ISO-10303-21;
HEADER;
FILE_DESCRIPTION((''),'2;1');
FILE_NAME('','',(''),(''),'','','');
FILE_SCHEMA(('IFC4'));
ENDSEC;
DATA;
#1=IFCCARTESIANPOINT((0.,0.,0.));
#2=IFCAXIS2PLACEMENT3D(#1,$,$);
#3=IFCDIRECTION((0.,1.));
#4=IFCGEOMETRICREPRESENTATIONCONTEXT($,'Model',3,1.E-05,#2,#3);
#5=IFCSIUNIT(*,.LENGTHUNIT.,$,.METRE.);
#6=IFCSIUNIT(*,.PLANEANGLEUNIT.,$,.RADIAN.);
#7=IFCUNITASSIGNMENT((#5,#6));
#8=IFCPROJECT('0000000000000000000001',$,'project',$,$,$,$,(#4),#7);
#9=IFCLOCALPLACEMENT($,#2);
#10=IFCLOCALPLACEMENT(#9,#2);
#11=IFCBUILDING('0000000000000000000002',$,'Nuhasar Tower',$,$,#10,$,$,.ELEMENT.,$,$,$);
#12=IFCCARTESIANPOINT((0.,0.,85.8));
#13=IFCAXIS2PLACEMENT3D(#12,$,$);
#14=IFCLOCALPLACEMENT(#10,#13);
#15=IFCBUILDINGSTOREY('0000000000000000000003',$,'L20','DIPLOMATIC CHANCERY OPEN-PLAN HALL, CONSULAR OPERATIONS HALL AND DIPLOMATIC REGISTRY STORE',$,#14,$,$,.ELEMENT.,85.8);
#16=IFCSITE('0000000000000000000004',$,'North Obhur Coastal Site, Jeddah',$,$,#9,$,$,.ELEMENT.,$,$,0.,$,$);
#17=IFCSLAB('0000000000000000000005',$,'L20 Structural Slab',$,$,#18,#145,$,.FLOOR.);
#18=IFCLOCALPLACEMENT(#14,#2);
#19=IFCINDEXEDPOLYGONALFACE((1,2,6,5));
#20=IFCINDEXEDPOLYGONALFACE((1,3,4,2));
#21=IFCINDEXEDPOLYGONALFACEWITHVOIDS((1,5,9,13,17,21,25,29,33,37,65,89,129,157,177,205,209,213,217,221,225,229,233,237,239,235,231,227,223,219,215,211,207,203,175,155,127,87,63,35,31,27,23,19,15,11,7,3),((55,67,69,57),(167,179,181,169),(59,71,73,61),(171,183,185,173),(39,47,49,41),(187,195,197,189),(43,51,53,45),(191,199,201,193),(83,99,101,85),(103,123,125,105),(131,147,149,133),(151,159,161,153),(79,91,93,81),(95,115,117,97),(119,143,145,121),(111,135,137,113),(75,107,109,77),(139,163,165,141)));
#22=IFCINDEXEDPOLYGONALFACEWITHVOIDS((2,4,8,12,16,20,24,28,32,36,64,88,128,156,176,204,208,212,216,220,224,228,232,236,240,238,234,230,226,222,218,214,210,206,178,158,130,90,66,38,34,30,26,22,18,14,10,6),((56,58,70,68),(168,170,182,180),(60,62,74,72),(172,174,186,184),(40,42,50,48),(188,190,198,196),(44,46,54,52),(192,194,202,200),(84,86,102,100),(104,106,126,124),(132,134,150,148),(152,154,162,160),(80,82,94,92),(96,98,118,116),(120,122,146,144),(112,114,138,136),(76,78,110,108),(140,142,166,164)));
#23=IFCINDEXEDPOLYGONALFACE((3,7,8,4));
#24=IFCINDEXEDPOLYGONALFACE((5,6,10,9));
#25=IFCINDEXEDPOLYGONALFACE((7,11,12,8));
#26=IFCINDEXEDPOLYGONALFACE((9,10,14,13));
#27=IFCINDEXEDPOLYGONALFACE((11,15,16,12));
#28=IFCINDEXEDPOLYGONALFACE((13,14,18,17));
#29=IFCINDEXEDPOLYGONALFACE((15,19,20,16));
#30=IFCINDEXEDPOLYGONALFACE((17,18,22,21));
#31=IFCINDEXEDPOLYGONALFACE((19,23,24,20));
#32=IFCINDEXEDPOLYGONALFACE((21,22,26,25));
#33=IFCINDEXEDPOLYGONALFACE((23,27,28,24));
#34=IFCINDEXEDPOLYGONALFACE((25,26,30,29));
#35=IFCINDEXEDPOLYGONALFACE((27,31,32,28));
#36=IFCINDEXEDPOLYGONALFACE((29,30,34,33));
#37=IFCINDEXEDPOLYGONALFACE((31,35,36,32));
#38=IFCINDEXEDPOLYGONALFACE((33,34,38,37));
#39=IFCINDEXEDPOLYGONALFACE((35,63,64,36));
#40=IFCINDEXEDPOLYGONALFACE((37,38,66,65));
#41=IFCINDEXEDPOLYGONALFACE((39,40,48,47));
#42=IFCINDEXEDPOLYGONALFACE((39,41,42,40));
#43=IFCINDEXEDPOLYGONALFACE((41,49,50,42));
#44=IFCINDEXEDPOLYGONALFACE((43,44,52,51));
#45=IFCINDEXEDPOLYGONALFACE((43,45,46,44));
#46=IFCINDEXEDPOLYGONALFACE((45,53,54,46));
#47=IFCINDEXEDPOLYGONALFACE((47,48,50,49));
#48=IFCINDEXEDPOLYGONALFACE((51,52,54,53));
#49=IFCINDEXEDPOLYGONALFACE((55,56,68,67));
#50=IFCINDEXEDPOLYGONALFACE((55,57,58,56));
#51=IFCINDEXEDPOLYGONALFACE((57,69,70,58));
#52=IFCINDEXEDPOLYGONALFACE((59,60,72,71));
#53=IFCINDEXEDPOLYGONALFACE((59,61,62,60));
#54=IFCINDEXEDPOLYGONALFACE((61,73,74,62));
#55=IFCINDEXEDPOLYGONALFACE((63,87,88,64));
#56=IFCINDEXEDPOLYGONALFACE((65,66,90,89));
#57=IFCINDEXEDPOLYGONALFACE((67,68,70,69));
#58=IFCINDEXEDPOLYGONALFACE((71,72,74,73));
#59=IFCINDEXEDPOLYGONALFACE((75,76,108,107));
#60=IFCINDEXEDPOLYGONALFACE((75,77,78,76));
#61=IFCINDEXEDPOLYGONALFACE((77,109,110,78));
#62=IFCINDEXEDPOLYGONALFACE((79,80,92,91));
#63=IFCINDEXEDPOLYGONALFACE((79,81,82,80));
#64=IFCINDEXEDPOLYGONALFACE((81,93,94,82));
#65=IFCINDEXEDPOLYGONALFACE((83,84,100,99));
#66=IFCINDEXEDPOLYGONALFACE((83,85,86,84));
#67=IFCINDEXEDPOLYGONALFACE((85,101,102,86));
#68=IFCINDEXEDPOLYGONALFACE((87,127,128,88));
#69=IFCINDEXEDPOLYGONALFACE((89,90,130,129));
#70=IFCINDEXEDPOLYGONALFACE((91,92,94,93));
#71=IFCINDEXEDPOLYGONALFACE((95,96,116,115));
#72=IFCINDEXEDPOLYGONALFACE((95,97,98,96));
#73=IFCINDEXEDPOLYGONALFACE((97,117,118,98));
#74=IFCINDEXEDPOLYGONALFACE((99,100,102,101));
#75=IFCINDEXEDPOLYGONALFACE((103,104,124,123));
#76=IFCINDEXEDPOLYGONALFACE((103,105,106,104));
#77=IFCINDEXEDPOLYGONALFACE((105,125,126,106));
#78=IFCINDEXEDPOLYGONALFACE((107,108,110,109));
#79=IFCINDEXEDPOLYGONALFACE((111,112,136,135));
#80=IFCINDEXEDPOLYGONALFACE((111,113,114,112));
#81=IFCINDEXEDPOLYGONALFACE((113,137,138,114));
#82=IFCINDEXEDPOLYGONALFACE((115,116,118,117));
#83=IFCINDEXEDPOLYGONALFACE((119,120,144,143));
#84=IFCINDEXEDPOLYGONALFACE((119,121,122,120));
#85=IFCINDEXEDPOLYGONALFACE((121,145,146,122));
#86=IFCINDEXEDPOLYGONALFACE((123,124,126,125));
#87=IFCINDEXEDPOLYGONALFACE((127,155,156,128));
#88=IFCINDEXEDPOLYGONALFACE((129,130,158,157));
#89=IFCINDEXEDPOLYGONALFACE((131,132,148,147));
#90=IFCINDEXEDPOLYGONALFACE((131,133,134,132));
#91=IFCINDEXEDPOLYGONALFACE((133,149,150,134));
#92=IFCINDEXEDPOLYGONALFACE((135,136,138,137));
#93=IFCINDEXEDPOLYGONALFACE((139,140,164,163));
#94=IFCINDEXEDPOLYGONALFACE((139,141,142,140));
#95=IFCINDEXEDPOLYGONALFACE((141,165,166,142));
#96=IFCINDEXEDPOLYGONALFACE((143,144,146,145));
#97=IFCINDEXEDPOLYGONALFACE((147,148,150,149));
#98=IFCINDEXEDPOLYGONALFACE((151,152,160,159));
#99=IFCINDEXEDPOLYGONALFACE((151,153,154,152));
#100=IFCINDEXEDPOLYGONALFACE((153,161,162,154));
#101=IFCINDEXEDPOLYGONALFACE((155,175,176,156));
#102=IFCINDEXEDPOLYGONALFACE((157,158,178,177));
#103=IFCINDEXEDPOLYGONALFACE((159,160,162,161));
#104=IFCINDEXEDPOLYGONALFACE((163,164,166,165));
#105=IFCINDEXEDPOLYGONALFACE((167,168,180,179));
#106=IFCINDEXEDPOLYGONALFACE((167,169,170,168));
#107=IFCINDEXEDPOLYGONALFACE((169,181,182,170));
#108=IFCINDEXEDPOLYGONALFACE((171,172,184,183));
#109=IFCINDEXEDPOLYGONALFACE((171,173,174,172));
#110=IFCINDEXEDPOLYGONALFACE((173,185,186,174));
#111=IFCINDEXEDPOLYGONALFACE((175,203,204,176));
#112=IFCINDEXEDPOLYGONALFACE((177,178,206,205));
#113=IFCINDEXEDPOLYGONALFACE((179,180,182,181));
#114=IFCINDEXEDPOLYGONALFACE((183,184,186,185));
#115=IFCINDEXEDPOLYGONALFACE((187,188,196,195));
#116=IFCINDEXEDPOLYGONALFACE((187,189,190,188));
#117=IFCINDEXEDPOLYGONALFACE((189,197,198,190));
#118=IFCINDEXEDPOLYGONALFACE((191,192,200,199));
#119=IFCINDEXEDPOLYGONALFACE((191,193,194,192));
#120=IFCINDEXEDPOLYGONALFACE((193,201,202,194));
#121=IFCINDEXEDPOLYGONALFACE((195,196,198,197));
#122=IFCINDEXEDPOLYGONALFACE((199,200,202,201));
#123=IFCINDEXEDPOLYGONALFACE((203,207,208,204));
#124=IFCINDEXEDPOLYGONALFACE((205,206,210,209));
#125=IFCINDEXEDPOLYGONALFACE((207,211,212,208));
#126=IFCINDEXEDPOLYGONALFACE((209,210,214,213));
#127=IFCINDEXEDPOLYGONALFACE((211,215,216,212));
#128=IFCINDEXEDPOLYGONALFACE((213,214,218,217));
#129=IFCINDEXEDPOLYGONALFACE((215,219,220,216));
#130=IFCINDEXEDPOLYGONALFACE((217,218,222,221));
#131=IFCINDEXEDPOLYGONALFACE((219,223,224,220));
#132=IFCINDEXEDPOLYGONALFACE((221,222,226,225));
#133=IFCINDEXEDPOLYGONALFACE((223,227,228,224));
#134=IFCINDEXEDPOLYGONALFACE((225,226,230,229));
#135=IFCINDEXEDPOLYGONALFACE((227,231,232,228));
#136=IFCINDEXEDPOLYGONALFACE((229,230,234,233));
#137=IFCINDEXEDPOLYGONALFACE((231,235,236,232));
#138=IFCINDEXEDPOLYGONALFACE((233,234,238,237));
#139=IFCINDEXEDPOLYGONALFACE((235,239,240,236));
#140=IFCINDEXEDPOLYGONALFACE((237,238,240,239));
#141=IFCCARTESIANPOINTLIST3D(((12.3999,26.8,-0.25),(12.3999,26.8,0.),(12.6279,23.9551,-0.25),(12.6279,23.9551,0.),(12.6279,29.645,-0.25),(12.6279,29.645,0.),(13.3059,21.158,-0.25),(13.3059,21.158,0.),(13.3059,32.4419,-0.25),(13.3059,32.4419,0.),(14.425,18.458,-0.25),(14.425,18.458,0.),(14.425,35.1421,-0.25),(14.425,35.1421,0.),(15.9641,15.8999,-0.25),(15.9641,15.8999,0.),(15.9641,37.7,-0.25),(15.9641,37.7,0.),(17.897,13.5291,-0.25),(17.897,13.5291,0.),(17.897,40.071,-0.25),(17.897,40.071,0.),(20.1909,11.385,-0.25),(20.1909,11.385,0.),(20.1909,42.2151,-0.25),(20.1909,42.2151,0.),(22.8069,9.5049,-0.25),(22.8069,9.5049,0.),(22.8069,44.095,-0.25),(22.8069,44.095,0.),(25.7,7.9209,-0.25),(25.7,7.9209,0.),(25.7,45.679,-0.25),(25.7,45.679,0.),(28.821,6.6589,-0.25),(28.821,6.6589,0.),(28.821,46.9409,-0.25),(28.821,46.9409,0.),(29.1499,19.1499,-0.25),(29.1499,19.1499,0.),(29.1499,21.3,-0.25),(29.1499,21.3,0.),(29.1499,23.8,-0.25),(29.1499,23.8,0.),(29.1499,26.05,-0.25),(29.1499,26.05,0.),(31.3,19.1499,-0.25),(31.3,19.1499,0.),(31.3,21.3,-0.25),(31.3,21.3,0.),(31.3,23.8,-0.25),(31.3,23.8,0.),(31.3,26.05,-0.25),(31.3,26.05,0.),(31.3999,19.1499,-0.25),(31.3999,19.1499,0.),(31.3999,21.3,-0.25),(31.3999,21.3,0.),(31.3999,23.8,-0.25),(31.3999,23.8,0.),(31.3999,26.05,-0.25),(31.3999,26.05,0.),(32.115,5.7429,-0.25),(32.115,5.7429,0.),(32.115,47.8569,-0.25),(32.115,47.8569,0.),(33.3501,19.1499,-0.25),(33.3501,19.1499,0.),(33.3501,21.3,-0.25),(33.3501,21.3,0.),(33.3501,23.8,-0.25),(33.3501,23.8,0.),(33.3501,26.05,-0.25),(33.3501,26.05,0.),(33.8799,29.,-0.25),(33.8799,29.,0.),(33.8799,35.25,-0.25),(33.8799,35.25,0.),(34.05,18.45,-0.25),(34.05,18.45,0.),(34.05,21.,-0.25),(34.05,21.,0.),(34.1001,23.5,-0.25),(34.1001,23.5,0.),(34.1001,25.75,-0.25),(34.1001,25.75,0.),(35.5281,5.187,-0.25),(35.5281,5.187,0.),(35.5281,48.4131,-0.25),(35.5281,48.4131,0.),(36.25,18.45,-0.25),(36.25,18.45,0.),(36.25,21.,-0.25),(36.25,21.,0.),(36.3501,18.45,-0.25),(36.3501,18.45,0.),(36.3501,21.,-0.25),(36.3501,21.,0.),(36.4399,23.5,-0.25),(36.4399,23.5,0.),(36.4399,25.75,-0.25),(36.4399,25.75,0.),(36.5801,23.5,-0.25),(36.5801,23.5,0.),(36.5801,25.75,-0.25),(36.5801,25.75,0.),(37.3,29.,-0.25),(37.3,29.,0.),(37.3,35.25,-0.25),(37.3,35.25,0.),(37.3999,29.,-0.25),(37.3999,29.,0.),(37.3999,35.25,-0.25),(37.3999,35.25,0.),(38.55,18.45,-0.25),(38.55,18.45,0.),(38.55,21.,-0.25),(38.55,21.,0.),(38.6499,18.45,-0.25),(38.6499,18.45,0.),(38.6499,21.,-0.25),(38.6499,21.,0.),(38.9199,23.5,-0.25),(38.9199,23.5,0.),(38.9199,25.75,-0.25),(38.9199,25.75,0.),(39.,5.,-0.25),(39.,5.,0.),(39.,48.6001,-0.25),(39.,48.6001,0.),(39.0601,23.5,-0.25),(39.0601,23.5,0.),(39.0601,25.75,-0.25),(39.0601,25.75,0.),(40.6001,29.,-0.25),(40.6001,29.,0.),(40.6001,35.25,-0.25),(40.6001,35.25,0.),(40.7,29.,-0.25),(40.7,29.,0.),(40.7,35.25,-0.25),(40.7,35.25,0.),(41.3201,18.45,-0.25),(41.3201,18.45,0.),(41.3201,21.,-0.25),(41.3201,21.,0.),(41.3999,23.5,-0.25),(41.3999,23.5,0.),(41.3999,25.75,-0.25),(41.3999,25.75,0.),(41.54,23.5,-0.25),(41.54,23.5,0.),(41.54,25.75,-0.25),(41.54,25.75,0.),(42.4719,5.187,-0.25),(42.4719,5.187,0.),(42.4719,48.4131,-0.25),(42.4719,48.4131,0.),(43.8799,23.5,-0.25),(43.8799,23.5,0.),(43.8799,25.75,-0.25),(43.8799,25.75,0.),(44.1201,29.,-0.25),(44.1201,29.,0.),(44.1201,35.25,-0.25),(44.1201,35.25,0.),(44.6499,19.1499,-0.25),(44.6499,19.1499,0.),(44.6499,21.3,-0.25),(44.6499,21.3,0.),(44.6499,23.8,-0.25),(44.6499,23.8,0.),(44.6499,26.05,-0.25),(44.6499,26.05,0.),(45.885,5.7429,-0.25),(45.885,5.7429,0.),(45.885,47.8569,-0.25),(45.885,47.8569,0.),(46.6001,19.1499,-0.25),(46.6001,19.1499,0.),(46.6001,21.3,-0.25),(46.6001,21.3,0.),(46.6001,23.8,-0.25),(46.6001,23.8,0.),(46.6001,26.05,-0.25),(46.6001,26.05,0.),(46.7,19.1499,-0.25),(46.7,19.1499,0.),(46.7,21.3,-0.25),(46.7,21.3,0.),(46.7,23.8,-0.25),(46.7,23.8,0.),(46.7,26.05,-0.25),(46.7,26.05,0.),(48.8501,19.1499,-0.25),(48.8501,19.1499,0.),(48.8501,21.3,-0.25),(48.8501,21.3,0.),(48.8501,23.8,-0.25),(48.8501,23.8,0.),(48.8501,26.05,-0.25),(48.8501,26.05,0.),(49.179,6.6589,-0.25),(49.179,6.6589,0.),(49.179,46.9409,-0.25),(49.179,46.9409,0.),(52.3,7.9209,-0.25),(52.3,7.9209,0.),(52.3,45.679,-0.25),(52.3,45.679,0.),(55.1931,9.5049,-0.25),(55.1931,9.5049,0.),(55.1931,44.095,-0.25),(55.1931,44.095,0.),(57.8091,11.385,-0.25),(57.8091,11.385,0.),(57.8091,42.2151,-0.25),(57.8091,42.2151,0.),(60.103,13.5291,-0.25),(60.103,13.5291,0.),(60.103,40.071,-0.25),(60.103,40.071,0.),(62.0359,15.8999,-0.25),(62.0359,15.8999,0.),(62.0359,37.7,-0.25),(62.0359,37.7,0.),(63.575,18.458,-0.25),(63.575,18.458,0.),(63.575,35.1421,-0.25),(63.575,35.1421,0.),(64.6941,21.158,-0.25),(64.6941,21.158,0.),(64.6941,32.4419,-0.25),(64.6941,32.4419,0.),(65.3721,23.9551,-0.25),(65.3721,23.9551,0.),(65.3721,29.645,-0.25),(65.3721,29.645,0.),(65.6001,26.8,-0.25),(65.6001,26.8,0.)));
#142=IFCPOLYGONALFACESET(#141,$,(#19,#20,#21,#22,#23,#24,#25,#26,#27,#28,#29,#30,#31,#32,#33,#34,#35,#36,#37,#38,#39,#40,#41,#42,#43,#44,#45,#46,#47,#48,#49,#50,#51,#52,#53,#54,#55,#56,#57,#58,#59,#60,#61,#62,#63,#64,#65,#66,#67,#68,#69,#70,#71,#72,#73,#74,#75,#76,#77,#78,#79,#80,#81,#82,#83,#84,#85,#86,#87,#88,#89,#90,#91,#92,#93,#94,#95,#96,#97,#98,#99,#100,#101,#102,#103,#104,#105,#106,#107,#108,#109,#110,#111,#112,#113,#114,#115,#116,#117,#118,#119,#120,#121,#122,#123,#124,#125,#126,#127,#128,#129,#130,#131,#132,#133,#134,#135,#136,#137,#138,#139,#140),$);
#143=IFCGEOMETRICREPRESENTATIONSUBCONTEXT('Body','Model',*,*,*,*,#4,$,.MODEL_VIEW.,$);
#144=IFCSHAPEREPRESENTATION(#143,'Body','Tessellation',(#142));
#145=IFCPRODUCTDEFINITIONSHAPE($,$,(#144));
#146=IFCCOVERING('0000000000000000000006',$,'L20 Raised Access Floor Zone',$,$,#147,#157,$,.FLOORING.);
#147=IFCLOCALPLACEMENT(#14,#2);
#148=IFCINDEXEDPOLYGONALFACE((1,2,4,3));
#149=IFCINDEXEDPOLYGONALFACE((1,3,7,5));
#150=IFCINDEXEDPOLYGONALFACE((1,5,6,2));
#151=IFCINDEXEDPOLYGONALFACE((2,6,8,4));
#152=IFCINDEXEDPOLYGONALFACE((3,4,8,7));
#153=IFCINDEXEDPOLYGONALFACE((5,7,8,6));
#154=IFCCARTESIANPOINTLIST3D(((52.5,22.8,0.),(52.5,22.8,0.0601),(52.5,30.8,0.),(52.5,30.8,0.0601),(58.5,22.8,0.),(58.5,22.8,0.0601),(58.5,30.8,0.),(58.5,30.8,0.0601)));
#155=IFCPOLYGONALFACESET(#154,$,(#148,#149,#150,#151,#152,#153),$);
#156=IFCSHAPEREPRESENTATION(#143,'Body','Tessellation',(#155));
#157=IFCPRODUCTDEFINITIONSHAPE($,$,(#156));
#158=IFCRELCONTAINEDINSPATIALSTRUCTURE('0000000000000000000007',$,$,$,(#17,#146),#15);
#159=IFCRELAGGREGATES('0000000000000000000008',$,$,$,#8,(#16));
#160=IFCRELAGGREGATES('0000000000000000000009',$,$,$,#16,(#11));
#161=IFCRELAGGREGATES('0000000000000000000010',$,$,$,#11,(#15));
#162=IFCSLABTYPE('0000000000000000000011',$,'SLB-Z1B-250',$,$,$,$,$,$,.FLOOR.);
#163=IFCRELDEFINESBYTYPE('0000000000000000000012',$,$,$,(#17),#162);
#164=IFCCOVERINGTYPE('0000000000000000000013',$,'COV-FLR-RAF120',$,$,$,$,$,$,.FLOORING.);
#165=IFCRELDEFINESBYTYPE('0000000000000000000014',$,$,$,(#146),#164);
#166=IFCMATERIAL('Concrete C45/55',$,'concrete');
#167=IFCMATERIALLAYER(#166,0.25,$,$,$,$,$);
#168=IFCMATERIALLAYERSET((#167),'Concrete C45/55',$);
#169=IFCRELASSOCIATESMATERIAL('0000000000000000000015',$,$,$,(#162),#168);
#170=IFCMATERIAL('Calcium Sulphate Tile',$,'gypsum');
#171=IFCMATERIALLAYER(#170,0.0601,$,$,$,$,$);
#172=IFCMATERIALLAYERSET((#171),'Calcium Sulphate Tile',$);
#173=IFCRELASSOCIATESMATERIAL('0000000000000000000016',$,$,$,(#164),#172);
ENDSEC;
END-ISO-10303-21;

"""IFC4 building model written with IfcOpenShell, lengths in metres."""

from ifc_helpers import new_model, si_unit, direction, frame, origin, place, context, subcontext, project, spatial, polyline, outline, extrude, material, layer, layer_set, type_object, element, save


model = new_model("IFC4")

# Units and contexts
model_context = context("Model", 3, precision=1e-05, world=origin(), true_north=direction((0.0, 1.0)))
body_context = subcontext(model_context, "Body", "Model", "MODEL_VIEW")
ifc_project = project(units=[si_unit("LENGTHUNIT", "METRE"), si_unit("PLANEANGLEUNIT", "RADIAN")], contexts=[model_context])

# Site, building, storey
site_placement = place(None, origin())
site = spatial("IfcSite", under=ifc_project, at=site_placement, Name="North Obhur Coastal Site, Jeddah", CompositionType="ELEMENT", RefElevation=0.0)
building_placement = place(site_placement, origin())
building = spatial("IfcBuilding", under=site, at=building_placement, Name="Nuhasar Tower", CompositionType="ELEMENT")
storey_placement = place(building_placement, frame((0.0, 0.0, 85.8)))
storey = spatial("IfcBuildingStorey", under=building, at=storey_placement, Name="L20", Description="DIPLOMATIC CHANCERY OPEN-PLAN HALL, CONSULAR OPERATIONS HALL AND DIPLOMATIC REGISTRY STORE", CompositionType="ELEMENT", Elevation=85.8)

# Shared definitions
ifc_material_1 = material(Name="Concrete C45/55", Category="concrete")

# Slab
ifc_layer_1 = layer(ifc_material_1, 0.25)
ifc_layer_set_1 = layer_set([ifc_layer_1], Name="Concrete C45/55")
slab_type_1 = type_object("IfcSlabType", Name="SLB-Z1B-250", PredefinedType="FLOOR", material=ifc_layer_set_1)
slab_1_placement = place(storey_placement, frame((0.0, 0.0, -0.25)))
element("IfcSlab", 1, at=slab_1_placement, inside=storey, type_object=slab_type_1, Name="L20 Structural Slab", PredefinedType="FLOOR", context=body_context, shape_type="SweptSolid", body=[
    extrude(outline(polyline([(65.6001, 26.8), (65.3721, 29.645), (64.6941, 32.4419), (63.575, 35.1421), (62.0359, 37.7), (60.103, 40.071), (57.8091, 42.2151), (55.1931, 44.095), (52.3, 45.679), (49.179, 46.9409), (45.885, 47.8569), (42.4719, 48.4131), (39.0, 48.6001), (35.5281, 48.4131), (32.115, 47.8569), (28.821, 46.9409), (25.7, 45.679), (22.8069, 44.095), (20.1909, 42.2151), (17.897, 40.071), (15.9641, 37.7), (14.425, 35.1421), (13.3059, 32.4419), (12.6279, 29.645), (12.3999, 26.8), (12.6279, 23.9551), (13.3059, 21.158), (14.425, 18.458), (15.9641, 15.8999), (17.897, 13.5291), (20.1909, 11.385), (22.8069, 9.5049), (25.7, 7.9209), (28.821, 6.6589), (32.115, 5.7429), (35.5281, 5.187), (39.0, 5.0), (42.4719, 5.187), (45.885, 5.7429), (49.179, 6.6589), (52.3, 7.9209), (55.1931, 9.5049), (57.8091, 11.385), (60.103, 13.5291), (62.0359, 15.8999), (63.575, 18.458), (64.6941, 21.158), (65.3721, 23.9551), (65.6001, 26.8)]), holes=[polyline([(33.8799, 35.25), (37.3, 35.25), (37.3, 29.0), (33.8799, 29.0), (33.8799, 35.25)]), polyline([(37.3999, 35.25), (40.6001, 35.25), (40.6001, 29.0), (37.3999, 29.0), (37.3999, 35.25)]), polyline([(40.7, 35.25), (44.1201, 35.25), (44.1201, 29.0), (40.7, 29.0), (40.7, 35.25)]), polyline([(29.1499, 26.05), (31.3, 26.05), (31.3, 23.8), (29.1499, 23.8), (29.1499, 26.05)]), polyline([(31.3999, 26.05), (33.3501, 26.05), (33.3501, 23.8), (31.3999, 23.8), (31.3999, 26.05)]), polyline([(29.1499, 21.3), (31.3, 21.3), (31.3, 19.1499), (29.1499, 19.1499), (29.1499, 21.3)]), polyline([(31.3999, 21.3), (33.3501, 21.3), (33.3501, 19.1499), (31.3999, 19.1499), (31.3999, 21.3)]), polyline([(44.6499, 26.05), (46.6001, 26.05), (46.6001, 23.8), (44.6499, 23.8), (44.6499, 26.05)]), polyline([(46.7, 26.05), (48.8501, 26.05), (48.8501, 23.8), (46.7, 23.8), (46.7, 26.05)]), polyline([(44.6499, 21.3), (46.6001, 21.3), (46.6001, 19.1499), (44.6499, 19.1499), (44.6499, 21.3)]), polyline([(46.7, 21.3), (48.8501, 21.3), (48.8501, 19.1499), (46.7, 19.1499), (46.7, 21.3)]), polyline([(34.1001, 25.75), (36.4399, 25.75), (36.4399, 23.5), (34.1001, 23.5), (34.1001, 25.75)]), polyline([(36.5801, 25.75), (38.9199, 25.75), (38.9199, 23.5), (36.5801, 23.5), (36.5801, 25.75)]), polyline([(39.0601, 25.75), (41.3999, 25.75), (41.3999, 23.5), (39.0601, 23.5), (39.0601, 25.75)]), polyline([(41.54, 25.75), (43.8799, 25.75), (43.8799, 23.5), (41.54, 23.5), (41.54, 25.75)]), polyline([(34.05, 21.0), (36.25, 21.0), (36.25, 18.45), (34.05, 18.45), (34.05, 21.0)]), polyline([(36.3501, 21.0), (38.55, 21.0), (38.55, 18.45), (36.3501, 18.45), (36.3501, 21.0)]), polyline([(38.6499, 21.0), (41.3201, 21.0), (41.3201, 18.45), (38.6499, 18.45), (38.6499, 21.0)])]), origin(), (0.0, 0.0, 1.0), 0.25),
])

# Covering
ifc_material_2 = material(Name="Calcium Sulphate Tile", Category="gypsum")
ifc_layer_2 = layer(ifc_material_2, 0.0601)
ifc_layer_set_2 = layer_set([ifc_layer_2], Name="Calcium Sulphate Tile")
covering_type = type_object("IfcCoveringType", Name="COV-FLR-RAF120", PredefinedType="FLOORING", material=ifc_layer_set_2)
covering_placement = place(storey_placement, origin())
element("IfcCovering", 2, at=covering_placement, inside=storey, type_object=covering_type, Name="L20 Raised Access Floor Zone", PredefinedType="FLOORING", context=body_context, shape_type="SweptSolid", body=[
    extrude(outline(polyline([(52.5, 22.8), (58.5, 22.8), (58.5, 30.8), (52.5, 30.8), (52.5, 22.8)])), origin(), (0.0, 0.0, 1.0), 0.0601),
])

save(model, "model.ifc")
